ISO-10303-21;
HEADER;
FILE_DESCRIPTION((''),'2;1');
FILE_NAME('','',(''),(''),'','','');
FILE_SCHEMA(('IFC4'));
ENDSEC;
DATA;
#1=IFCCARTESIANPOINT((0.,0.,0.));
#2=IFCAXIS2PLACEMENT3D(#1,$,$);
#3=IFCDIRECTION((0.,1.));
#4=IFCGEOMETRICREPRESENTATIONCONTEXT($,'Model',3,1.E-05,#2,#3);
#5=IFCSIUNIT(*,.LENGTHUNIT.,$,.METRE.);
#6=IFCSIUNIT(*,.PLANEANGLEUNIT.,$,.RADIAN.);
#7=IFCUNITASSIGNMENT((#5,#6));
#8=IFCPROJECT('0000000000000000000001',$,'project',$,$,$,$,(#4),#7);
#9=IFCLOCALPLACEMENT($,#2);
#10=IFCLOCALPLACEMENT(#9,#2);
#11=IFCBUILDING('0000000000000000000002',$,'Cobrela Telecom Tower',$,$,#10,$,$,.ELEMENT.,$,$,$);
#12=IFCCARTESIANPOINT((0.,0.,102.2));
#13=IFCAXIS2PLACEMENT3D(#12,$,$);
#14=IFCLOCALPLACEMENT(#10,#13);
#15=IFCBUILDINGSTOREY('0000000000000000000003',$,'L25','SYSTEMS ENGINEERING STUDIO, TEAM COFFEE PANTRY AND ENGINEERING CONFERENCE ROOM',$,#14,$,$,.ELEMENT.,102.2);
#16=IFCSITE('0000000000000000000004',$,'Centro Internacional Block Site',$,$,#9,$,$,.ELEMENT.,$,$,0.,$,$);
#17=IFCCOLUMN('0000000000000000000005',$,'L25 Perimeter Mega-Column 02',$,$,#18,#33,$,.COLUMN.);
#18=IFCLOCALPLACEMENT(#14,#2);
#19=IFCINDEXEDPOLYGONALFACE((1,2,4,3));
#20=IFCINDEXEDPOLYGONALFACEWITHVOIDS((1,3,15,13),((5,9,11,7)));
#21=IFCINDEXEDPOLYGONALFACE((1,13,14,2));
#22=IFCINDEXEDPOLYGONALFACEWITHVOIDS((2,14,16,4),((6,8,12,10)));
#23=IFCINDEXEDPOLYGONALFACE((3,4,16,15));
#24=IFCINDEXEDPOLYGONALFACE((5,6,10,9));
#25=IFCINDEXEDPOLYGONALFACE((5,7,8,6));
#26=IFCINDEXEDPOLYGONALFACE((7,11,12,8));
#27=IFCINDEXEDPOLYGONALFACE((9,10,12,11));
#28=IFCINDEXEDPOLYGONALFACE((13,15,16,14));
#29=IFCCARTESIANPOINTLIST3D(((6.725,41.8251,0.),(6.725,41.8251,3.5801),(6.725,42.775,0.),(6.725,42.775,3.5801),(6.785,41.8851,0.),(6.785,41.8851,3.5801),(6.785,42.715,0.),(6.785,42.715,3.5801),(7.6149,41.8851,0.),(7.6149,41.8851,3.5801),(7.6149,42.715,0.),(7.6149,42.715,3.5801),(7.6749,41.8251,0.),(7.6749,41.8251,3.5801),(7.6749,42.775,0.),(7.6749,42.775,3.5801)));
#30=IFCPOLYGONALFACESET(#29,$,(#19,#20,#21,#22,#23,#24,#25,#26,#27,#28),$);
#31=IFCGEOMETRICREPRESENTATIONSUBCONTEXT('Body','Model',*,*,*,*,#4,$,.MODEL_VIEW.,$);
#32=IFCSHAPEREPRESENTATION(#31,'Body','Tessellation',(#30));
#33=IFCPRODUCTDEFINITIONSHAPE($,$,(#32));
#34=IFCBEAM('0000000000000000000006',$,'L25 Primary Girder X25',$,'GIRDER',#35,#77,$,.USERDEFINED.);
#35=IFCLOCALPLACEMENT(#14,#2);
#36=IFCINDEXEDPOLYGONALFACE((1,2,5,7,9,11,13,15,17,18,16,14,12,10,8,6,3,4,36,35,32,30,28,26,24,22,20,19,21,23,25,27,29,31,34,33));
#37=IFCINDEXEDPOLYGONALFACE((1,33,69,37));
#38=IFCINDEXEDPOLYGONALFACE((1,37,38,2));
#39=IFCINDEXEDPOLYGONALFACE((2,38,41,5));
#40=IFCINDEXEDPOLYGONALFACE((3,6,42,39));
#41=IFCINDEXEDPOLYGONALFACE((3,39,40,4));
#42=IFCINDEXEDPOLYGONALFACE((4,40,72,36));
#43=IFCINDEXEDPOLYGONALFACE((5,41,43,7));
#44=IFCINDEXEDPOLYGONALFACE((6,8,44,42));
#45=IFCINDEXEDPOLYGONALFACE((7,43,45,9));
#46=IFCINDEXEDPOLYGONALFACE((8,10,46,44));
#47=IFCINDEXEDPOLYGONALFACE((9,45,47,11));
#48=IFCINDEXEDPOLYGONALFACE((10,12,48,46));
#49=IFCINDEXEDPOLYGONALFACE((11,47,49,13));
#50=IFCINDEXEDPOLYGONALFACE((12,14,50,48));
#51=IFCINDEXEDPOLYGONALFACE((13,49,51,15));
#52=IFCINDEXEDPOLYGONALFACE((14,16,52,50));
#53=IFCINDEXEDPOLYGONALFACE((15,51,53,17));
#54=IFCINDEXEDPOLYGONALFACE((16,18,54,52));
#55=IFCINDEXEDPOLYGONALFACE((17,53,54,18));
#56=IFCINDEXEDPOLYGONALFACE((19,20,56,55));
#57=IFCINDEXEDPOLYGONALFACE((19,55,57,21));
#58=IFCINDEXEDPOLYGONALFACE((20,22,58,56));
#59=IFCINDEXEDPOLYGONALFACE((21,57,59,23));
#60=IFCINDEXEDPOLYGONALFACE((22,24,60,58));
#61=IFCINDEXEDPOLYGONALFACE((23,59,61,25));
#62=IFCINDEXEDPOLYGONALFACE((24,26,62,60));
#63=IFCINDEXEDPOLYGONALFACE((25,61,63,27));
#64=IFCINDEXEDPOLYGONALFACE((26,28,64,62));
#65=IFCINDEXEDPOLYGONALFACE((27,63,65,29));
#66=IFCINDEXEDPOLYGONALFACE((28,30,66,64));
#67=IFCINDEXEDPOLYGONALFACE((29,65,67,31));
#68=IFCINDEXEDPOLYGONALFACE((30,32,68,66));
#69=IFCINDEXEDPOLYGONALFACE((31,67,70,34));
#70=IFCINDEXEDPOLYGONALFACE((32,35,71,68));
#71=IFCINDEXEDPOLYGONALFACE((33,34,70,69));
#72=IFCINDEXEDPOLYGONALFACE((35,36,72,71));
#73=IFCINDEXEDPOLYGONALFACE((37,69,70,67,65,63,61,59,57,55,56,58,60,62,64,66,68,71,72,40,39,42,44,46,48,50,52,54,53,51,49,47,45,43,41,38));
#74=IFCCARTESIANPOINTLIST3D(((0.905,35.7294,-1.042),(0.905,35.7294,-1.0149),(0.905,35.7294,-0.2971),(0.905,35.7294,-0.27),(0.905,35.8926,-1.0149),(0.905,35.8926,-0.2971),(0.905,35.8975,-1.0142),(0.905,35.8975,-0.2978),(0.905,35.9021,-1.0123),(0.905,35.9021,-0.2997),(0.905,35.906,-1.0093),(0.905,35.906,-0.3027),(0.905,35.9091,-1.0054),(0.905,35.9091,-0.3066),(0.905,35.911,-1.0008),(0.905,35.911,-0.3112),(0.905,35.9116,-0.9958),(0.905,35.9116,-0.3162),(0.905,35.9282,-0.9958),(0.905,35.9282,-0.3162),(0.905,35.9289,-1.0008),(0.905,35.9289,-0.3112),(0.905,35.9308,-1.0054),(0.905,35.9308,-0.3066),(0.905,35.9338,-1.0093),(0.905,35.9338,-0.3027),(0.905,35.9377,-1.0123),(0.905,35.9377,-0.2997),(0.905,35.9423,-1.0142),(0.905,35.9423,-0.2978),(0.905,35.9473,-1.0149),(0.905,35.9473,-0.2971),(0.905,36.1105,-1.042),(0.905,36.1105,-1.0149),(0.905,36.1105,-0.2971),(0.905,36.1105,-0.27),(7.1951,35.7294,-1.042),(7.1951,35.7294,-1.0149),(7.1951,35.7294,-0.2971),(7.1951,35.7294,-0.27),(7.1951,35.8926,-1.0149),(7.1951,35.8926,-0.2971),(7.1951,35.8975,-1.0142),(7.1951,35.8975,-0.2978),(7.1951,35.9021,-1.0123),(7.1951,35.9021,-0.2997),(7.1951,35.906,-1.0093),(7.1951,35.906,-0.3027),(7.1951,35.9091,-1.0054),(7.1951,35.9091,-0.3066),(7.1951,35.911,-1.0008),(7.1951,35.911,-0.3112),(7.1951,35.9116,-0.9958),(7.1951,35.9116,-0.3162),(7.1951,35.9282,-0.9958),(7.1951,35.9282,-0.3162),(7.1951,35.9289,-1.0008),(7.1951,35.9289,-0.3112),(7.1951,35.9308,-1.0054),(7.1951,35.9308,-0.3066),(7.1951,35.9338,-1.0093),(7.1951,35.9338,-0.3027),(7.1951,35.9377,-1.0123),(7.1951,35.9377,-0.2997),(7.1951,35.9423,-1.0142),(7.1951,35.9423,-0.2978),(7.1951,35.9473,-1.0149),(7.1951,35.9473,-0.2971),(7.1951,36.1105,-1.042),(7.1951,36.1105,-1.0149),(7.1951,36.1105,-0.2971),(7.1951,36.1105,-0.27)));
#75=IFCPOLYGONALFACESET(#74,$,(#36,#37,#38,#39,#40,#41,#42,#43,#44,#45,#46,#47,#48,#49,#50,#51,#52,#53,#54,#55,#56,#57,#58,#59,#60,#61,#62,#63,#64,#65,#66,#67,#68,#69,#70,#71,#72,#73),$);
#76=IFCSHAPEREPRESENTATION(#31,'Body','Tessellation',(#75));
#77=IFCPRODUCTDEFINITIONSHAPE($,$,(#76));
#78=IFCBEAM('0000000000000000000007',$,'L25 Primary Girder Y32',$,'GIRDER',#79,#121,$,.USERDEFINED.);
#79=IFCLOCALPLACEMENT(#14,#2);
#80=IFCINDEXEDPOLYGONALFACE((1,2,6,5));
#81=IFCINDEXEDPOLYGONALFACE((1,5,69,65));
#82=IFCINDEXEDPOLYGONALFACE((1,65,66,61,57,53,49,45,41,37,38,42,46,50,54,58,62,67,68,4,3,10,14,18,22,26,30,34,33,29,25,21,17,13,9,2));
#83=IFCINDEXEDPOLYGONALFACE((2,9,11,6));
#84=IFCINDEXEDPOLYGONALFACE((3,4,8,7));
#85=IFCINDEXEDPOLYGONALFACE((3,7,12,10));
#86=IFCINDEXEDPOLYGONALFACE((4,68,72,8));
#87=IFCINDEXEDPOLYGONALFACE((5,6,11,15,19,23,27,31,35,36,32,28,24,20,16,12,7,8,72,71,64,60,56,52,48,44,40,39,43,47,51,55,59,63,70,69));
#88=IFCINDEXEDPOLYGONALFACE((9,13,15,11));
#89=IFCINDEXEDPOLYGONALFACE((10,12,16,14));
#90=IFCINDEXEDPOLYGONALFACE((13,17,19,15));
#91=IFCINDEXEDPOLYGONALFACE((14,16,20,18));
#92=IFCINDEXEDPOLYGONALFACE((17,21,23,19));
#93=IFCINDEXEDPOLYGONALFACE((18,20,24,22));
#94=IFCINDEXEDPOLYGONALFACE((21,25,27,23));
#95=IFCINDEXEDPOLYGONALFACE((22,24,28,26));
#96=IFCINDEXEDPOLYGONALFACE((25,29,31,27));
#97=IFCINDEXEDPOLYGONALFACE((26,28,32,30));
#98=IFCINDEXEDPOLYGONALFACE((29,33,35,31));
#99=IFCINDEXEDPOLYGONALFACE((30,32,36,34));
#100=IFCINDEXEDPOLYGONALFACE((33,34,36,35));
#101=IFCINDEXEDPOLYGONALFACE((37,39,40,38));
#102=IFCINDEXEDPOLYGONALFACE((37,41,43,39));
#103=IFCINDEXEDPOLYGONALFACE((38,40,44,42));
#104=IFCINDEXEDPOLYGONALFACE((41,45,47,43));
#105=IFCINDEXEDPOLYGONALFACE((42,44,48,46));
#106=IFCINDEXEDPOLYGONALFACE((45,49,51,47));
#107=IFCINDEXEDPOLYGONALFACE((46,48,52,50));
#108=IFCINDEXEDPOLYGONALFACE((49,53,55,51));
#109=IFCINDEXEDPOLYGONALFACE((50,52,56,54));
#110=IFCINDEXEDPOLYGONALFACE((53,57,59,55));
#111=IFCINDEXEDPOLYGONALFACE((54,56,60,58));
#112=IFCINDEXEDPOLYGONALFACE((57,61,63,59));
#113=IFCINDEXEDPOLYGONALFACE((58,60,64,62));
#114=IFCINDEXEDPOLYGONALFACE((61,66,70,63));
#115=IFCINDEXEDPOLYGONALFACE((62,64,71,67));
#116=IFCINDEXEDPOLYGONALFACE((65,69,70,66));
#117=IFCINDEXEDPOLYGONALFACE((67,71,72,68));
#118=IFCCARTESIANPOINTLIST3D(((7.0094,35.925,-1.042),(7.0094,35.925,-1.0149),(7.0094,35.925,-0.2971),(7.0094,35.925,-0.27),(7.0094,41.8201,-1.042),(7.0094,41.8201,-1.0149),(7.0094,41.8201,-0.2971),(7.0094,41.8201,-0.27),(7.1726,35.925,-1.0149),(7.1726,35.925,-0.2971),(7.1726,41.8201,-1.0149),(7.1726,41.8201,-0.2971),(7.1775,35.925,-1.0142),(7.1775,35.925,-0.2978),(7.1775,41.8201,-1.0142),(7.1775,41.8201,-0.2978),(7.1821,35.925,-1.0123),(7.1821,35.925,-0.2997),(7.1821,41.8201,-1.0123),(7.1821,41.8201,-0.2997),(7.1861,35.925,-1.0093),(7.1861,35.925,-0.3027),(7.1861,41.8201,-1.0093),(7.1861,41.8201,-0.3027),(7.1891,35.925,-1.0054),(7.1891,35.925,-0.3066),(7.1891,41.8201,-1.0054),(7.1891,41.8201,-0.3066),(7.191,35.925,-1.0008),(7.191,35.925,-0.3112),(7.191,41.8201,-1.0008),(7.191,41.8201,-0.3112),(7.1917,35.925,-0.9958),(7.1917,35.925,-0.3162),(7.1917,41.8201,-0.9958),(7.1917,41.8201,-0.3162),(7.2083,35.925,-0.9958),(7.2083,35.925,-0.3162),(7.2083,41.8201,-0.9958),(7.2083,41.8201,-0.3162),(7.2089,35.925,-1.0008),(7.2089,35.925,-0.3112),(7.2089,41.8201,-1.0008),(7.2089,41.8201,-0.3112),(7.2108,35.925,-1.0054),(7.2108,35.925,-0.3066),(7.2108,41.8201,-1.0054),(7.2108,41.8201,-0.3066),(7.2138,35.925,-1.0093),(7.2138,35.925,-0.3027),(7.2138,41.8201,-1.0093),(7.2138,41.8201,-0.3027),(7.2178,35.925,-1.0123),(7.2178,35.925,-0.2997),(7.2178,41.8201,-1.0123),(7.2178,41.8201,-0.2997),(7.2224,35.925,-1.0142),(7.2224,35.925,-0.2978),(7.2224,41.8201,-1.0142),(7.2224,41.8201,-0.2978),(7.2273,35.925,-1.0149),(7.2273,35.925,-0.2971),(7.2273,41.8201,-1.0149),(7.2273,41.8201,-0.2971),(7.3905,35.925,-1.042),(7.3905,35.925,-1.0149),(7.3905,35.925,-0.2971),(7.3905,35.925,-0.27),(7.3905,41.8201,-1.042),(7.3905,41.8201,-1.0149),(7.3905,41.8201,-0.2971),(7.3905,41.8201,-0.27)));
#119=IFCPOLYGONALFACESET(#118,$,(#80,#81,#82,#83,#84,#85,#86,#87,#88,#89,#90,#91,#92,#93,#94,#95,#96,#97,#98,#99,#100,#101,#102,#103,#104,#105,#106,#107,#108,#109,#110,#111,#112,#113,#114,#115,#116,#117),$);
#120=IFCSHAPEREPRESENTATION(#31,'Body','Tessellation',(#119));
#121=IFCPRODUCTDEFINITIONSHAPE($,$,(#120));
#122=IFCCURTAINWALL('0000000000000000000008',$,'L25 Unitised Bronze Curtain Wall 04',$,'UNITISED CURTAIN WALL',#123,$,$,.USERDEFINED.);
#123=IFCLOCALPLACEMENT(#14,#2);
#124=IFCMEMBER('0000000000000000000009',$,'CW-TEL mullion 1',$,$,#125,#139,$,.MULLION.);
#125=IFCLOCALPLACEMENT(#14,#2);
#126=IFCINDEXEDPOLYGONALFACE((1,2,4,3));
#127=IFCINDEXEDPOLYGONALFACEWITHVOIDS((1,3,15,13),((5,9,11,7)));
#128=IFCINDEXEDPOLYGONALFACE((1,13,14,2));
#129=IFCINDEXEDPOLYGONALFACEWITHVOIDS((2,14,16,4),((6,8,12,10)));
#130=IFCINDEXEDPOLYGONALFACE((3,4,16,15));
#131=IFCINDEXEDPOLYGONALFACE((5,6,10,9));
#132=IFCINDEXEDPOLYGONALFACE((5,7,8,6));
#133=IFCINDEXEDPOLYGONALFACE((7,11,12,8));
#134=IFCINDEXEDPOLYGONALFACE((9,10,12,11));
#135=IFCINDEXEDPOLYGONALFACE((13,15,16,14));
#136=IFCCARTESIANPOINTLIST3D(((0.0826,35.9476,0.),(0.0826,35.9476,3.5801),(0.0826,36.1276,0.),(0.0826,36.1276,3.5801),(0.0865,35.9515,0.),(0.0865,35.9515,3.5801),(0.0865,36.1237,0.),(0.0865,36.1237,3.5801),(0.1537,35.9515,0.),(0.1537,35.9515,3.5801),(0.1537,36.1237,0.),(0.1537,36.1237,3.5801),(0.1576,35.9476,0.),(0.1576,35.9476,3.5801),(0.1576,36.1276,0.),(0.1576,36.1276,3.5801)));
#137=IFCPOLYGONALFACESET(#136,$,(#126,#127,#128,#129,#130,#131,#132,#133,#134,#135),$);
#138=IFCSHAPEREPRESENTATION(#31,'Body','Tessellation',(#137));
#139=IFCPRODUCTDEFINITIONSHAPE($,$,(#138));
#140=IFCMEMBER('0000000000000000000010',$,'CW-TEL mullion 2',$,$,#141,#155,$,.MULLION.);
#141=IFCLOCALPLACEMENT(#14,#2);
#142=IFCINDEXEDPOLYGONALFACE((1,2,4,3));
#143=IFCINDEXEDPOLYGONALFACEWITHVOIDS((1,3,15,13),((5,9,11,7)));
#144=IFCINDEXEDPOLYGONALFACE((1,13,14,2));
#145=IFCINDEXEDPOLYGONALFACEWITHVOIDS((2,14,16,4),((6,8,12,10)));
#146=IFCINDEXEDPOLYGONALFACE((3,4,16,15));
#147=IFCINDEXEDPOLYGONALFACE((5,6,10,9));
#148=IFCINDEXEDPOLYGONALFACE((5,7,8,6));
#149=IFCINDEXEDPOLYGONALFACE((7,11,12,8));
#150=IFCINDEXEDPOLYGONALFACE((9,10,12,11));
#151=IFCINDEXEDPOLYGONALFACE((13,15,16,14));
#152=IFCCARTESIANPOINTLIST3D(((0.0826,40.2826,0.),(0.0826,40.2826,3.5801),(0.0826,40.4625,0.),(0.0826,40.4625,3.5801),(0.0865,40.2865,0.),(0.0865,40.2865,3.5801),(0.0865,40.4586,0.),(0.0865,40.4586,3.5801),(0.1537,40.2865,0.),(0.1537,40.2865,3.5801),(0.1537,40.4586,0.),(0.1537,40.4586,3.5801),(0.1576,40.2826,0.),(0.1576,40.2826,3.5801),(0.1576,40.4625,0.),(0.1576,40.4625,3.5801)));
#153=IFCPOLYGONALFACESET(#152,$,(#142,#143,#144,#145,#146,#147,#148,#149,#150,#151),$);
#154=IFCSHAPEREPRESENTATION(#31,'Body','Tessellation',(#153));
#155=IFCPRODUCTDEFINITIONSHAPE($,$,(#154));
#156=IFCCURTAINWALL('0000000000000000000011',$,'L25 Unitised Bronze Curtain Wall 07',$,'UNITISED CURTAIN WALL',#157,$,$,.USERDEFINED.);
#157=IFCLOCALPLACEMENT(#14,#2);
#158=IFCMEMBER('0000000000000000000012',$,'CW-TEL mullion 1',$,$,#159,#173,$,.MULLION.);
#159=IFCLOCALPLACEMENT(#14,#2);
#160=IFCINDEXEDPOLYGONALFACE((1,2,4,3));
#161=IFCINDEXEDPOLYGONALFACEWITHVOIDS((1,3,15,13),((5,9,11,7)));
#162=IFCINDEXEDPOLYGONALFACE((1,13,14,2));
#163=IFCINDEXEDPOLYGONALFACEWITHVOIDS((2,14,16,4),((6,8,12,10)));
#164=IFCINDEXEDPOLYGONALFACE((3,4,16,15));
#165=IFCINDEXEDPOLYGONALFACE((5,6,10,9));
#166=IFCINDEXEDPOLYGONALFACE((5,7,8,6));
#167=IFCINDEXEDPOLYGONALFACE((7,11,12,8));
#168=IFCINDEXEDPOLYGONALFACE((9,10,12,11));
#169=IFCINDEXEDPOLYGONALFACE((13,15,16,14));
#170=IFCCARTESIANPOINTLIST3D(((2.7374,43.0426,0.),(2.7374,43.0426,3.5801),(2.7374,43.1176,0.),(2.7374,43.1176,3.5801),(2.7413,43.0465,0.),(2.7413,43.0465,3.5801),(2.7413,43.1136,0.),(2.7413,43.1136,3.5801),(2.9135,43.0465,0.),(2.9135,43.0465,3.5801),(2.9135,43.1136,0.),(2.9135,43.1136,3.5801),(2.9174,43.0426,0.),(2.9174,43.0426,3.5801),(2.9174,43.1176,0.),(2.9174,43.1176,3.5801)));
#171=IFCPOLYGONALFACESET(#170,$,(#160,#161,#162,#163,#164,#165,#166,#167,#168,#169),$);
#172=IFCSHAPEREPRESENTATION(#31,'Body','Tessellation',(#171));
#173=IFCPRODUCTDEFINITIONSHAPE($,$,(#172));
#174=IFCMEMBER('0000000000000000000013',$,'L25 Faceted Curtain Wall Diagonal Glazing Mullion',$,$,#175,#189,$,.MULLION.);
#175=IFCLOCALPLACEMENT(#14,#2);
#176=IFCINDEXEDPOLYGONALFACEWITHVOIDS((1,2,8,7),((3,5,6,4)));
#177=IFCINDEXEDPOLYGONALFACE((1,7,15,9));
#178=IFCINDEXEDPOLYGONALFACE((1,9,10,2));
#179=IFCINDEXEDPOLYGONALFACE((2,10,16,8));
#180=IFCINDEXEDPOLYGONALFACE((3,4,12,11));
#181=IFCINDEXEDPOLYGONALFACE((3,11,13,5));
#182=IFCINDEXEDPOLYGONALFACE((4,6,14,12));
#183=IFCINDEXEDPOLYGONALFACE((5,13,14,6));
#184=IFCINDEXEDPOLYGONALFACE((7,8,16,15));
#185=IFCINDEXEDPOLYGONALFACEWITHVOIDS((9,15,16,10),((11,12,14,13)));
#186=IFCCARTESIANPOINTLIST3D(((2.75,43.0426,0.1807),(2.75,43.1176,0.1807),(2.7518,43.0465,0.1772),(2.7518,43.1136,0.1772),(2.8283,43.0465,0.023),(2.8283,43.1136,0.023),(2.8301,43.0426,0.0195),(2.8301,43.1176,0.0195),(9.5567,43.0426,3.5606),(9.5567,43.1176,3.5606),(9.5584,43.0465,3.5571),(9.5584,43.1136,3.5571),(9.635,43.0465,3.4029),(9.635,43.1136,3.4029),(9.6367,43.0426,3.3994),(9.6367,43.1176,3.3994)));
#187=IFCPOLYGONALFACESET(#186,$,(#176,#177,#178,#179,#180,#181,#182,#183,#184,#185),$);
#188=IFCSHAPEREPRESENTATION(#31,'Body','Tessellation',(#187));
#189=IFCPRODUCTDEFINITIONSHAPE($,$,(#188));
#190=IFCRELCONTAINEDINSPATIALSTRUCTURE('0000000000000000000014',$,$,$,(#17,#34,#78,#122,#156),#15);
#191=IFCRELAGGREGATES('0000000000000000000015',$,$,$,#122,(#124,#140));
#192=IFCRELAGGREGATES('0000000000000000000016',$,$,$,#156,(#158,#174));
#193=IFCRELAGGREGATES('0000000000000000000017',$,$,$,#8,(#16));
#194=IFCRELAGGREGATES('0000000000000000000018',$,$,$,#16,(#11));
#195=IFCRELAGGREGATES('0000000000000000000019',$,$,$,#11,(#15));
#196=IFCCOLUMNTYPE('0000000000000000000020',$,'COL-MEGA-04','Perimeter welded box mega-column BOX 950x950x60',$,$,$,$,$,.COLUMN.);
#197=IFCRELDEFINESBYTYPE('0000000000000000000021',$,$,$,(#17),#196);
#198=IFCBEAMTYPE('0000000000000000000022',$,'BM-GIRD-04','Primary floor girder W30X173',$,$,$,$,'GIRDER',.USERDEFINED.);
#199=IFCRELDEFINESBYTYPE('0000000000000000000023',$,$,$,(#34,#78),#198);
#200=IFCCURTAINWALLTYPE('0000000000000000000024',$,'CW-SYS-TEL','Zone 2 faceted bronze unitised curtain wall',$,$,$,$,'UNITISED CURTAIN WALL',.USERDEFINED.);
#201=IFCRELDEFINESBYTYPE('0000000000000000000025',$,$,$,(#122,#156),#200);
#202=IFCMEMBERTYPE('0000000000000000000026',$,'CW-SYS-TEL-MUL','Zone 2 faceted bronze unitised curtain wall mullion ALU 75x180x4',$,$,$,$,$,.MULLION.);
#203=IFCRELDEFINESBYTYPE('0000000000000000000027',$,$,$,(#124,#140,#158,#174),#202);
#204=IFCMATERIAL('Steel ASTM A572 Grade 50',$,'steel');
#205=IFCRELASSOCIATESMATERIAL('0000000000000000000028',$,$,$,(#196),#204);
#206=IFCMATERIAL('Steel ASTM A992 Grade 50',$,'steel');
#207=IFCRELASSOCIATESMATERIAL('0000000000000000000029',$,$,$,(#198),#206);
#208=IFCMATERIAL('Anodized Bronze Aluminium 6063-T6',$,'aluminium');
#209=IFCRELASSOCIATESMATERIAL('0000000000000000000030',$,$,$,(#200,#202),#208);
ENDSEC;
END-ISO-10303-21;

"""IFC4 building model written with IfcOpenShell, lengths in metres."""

from ifc_helpers import new_model, si_unit, direction, frame, origin, origin_2d, place, context, subcontext, project, spatial, hollow_rectangle, i_section, extrude, material, material_profile, profile_set, type_object, element, aggregate, save


model = new_model("IFC4")

# Units and contexts
model_context = context("Model", 3, precision=1e-05, world=origin(), true_north=direction((0.0, 1.0)))
body_context = subcontext(model_context, "Body", "Model", "MODEL_VIEW")
ifc_project = project(units=[si_unit("LENGTHUNIT", "METRE"), si_unit("PLANEANGLEUNIT", "RADIAN")], contexts=[model_context])

# Site, building, storey
site_placement = place(None, origin())
site = spatial("IfcSite", under=ifc_project, at=site_placement, Name="Centro Internacional Block Site", CompositionType="ELEMENT", RefElevation=0.0)
building_placement = place(site_placement, origin())
building = spatial("IfcBuilding", under=site, at=building_placement, Name="Cobrela Telecom Tower", CompositionType="ELEMENT")
storey_placement = place(building_placement, frame((0.0, 0.0, 102.2)))
storey = spatial("IfcBuildingStorey", under=building, at=storey_placement, Name="L25", Description="SYSTEMS ENGINEERING STUDIO, TEAM COFFEE PANTRY AND ENGINEERING CONFERENCE ROOM", CompositionType="ELEMENT", Elevation=102.2)

# Column
ifc_material_1 = material(Name="Steel ASTM A572 Grade 50", Category="steel")
ifc_material_profile_1 = material_profile(ifc_material_1, hollow_rectangle(XDim=0.95, YDim=0.95, WallThickness=0.0601, at=origin_2d()), Name="BOX 950x950x60")
ifc_profile_set_1 = profile_set([ifc_material_profile_1], Name="Steel ASTM A572 Grade 50")
column_type = type_object("IfcColumnType", Name="COL-MEGA-04", Description="Perimeter welded box mega-column BOX 950x950x60", PredefinedType="COLUMN", material=ifc_profile_set_1)
column_placement = place(storey_placement, frame((7.2, 42.3, 0.0), z_axis=(0.0, 0.0, 1.0), x_axis=(1.0, 0.0, 0.0)))
element("IfcColumn", 1, at=column_placement, inside=storey, type_object=column_type, Name="L25 Perimeter Mega-Column 02", PredefinedType="COLUMN", context=body_context, shape_type="SweptSolid", body=[
    extrude(hollow_rectangle(XDim=0.95, YDim=0.95, WallThickness=0.0601, at=origin_2d()), origin(), (0.0, 0.0, 1.0), 3.5801),
])

# Beams
ifc_material_2 = material(Name="Steel ASTM A992 Grade 50", Category="steel")
ifc_material_profile_2 = material_profile(ifc_material_2, i_section(OverallWidth=0.3811, OverallDepth=0.772, WebThickness=0.0166, FlangeThickness=0.0271, FilletRadius=0.019, at=origin_2d()), Name="W30X173")
ifc_profile_set_2 = profile_set([ifc_material_profile_2], Name="Steel ASTM A992 Grade 50")
beam_type = type_object("IfcBeamType", Name="BM-GIRD-04", Description="Primary floor girder W30X173", ElementType="GIRDER", PredefinedType="USERDEFINED", material=ifc_profile_set_2)
beam_1_placement = place(storey_placement, frame((0.905, 35.9199, -0.656), z_axis=(1.0, 0.0, 0.0), x_axis=(0.0, 1.0, 0.0)))
element("IfcBeam", 2, at=beam_1_placement, inside=storey, type_object=beam_type, Name="L25 Primary Girder X25", ObjectType="GIRDER", PredefinedType="USERDEFINED", context=body_context, shape_type="SweptSolid", body=[
    extrude(i_section(OverallWidth=0.3811, OverallDepth=0.772, WebThickness=0.0166, FlangeThickness=0.0271, FilletRadius=0.019, at=origin_2d()), origin(), (0.0, 0.0, 1.0), 6.29),
])
beam_2_placement = place(storey_placement, frame((7.2, 35.925, -0.656), z_axis=(0.0, 1.0, 0.0), x_axis=(-1.0, 0.0, 0.0)))
element("IfcBeam", 3, at=beam_2_placement, inside=storey, type_object=beam_type, Name="L25 Primary Girder Y32", ObjectType="GIRDER", PredefinedType="USERDEFINED", context=body_context, shape_type="SweptSolid", body=[
    extrude(i_section(OverallWidth=0.3811, OverallDepth=0.772, WebThickness=0.0166, FlangeThickness=0.0271, FilletRadius=0.019, at=origin_2d()), origin(), (0.0, 0.0, 1.0), 5.895),
])

# Curtain walls, members
ifc_material_3 = material(Name="Anodized Bronze Aluminium 6063-T6", Category="aluminium")
curtain_wall_type = type_object("IfcCurtainWallType", Name="CW-SYS-TEL", Description="Zone 2 faceted bronze unitised curtain wall", ElementType="UNITISED CURTAIN WALL", PredefinedType="USERDEFINED", material=ifc_material_3)
curtain_wall_1_placement = place(storey_placement, origin())
curtain_wall_1 = element("IfcCurtainWall", 4, at=curtain_wall_1_placement, inside=storey, type_object=curtain_wall_type, Name="L25 Unitised Bronze Curtain Wall 04", ObjectType="UNITISED CURTAIN WALL", PredefinedType="USERDEFINED")
ifc_material_profile_3 = material_profile(ifc_material_3, hollow_rectangle(XDim=0.075, YDim=0.1799, WallThickness=0.0039, at=origin_2d()), Name="ALU 75x180x4")
ifc_profile_set_3 = profile_set([ifc_material_profile_3], Name="Anodized Bronze Aluminium 6063-T6")
member_type_1 = type_object("IfcMemberType", Name="CW-SYS-TEL-MUL", Description="Zone 2 faceted bronze unitised curtain wall mullion ALU 75x180x4", PredefinedType="MULLION", material=ifc_profile_set_3)
member_1_placement = place(storey_placement, frame((0.1201, 36.0376, 0.0), z_axis=(0.0, 0.0, 1.0), x_axis=(-1.0, 0.0, 0.0)))
member_1 = element("IfcMember", 5, at=member_1_placement, type_object=member_type_1, Name="CW-TEL mullion 1", PredefinedType="MULLION", context=body_context, shape_type="SweptSolid", body=[
    extrude(hollow_rectangle(XDim=0.075, YDim=0.1799, WallThickness=0.0039, at=origin_2d()), origin(), (0.0, 0.0, 1.0), 3.5801),
])
member_2_placement = place(storey_placement, frame((0.1201, 40.3726, 0.0), z_axis=(0.0, 0.0, 1.0), x_axis=(-1.0, 0.0, 0.0)))
member_2 = element("IfcMember", 6, at=member_2_placement, type_object=member_type_1, Name="CW-TEL mullion 2", PredefinedType="MULLION", context=body_context, shape_type="SweptSolid", body=[
    extrude(hollow_rectangle(XDim=0.075, YDim=0.1799, WallThickness=0.0039, at=origin_2d()), origin(), (0.0, 0.0, 1.0), 3.5801),
])
curtain_wall_2_placement = place(storey_placement, origin())
curtain_wall_2 = element("IfcCurtainWall", 7, at=curtain_wall_2_placement, inside=storey, type_object=curtain_wall_type, Name="L25 Unitised Bronze Curtain Wall 07", ObjectType="UNITISED CURTAIN WALL", PredefinedType="USERDEFINED")
member_3_placement = place(storey_placement, frame((2.8274, 43.0801, 0.0), z_axis=(0.0, 0.0, 1.0), x_axis=(0.0, 1.0, 0.0)))
member_3 = element("IfcMember", 8, at=member_3_placement, type_object=member_type_1, Name="CW-TEL mullion 1", PredefinedType="MULLION", context=body_context, shape_type="SweptSolid", body=[
    extrude(hollow_rectangle(XDim=0.075, YDim=0.1799, WallThickness=0.0039, at=origin_2d()), origin(), (0.0, 0.0, 1.0), 3.5801),
])
member_4_placement = place(storey_placement, frame((2.79, 43.0801, 0.1001), z_axis=(0.895657, 0.0, 0.444745), x_axis=(0.0, 1.0, 0.0)))
member_4 = element("IfcMember", 9, at=member_4_placement, type_object=member_type_1, Name="L25 Faceted Curtain Wall Diagonal Glazing Mullion", PredefinedType="MULLION", context=body_context, shape_type="SweptSolid", body=[
    extrude(hollow_rectangle(XDim=0.075, YDim=0.1799, WallThickness=0.0039, at=origin_2d()), origin(), (0.0, 0.0, 1.0), 7.5996),
])

aggregate(curtain_wall_1, [member_1, member_2])
aggregate(curtain_wall_2, [member_3, member_4])

save(model, "model.ifc")
